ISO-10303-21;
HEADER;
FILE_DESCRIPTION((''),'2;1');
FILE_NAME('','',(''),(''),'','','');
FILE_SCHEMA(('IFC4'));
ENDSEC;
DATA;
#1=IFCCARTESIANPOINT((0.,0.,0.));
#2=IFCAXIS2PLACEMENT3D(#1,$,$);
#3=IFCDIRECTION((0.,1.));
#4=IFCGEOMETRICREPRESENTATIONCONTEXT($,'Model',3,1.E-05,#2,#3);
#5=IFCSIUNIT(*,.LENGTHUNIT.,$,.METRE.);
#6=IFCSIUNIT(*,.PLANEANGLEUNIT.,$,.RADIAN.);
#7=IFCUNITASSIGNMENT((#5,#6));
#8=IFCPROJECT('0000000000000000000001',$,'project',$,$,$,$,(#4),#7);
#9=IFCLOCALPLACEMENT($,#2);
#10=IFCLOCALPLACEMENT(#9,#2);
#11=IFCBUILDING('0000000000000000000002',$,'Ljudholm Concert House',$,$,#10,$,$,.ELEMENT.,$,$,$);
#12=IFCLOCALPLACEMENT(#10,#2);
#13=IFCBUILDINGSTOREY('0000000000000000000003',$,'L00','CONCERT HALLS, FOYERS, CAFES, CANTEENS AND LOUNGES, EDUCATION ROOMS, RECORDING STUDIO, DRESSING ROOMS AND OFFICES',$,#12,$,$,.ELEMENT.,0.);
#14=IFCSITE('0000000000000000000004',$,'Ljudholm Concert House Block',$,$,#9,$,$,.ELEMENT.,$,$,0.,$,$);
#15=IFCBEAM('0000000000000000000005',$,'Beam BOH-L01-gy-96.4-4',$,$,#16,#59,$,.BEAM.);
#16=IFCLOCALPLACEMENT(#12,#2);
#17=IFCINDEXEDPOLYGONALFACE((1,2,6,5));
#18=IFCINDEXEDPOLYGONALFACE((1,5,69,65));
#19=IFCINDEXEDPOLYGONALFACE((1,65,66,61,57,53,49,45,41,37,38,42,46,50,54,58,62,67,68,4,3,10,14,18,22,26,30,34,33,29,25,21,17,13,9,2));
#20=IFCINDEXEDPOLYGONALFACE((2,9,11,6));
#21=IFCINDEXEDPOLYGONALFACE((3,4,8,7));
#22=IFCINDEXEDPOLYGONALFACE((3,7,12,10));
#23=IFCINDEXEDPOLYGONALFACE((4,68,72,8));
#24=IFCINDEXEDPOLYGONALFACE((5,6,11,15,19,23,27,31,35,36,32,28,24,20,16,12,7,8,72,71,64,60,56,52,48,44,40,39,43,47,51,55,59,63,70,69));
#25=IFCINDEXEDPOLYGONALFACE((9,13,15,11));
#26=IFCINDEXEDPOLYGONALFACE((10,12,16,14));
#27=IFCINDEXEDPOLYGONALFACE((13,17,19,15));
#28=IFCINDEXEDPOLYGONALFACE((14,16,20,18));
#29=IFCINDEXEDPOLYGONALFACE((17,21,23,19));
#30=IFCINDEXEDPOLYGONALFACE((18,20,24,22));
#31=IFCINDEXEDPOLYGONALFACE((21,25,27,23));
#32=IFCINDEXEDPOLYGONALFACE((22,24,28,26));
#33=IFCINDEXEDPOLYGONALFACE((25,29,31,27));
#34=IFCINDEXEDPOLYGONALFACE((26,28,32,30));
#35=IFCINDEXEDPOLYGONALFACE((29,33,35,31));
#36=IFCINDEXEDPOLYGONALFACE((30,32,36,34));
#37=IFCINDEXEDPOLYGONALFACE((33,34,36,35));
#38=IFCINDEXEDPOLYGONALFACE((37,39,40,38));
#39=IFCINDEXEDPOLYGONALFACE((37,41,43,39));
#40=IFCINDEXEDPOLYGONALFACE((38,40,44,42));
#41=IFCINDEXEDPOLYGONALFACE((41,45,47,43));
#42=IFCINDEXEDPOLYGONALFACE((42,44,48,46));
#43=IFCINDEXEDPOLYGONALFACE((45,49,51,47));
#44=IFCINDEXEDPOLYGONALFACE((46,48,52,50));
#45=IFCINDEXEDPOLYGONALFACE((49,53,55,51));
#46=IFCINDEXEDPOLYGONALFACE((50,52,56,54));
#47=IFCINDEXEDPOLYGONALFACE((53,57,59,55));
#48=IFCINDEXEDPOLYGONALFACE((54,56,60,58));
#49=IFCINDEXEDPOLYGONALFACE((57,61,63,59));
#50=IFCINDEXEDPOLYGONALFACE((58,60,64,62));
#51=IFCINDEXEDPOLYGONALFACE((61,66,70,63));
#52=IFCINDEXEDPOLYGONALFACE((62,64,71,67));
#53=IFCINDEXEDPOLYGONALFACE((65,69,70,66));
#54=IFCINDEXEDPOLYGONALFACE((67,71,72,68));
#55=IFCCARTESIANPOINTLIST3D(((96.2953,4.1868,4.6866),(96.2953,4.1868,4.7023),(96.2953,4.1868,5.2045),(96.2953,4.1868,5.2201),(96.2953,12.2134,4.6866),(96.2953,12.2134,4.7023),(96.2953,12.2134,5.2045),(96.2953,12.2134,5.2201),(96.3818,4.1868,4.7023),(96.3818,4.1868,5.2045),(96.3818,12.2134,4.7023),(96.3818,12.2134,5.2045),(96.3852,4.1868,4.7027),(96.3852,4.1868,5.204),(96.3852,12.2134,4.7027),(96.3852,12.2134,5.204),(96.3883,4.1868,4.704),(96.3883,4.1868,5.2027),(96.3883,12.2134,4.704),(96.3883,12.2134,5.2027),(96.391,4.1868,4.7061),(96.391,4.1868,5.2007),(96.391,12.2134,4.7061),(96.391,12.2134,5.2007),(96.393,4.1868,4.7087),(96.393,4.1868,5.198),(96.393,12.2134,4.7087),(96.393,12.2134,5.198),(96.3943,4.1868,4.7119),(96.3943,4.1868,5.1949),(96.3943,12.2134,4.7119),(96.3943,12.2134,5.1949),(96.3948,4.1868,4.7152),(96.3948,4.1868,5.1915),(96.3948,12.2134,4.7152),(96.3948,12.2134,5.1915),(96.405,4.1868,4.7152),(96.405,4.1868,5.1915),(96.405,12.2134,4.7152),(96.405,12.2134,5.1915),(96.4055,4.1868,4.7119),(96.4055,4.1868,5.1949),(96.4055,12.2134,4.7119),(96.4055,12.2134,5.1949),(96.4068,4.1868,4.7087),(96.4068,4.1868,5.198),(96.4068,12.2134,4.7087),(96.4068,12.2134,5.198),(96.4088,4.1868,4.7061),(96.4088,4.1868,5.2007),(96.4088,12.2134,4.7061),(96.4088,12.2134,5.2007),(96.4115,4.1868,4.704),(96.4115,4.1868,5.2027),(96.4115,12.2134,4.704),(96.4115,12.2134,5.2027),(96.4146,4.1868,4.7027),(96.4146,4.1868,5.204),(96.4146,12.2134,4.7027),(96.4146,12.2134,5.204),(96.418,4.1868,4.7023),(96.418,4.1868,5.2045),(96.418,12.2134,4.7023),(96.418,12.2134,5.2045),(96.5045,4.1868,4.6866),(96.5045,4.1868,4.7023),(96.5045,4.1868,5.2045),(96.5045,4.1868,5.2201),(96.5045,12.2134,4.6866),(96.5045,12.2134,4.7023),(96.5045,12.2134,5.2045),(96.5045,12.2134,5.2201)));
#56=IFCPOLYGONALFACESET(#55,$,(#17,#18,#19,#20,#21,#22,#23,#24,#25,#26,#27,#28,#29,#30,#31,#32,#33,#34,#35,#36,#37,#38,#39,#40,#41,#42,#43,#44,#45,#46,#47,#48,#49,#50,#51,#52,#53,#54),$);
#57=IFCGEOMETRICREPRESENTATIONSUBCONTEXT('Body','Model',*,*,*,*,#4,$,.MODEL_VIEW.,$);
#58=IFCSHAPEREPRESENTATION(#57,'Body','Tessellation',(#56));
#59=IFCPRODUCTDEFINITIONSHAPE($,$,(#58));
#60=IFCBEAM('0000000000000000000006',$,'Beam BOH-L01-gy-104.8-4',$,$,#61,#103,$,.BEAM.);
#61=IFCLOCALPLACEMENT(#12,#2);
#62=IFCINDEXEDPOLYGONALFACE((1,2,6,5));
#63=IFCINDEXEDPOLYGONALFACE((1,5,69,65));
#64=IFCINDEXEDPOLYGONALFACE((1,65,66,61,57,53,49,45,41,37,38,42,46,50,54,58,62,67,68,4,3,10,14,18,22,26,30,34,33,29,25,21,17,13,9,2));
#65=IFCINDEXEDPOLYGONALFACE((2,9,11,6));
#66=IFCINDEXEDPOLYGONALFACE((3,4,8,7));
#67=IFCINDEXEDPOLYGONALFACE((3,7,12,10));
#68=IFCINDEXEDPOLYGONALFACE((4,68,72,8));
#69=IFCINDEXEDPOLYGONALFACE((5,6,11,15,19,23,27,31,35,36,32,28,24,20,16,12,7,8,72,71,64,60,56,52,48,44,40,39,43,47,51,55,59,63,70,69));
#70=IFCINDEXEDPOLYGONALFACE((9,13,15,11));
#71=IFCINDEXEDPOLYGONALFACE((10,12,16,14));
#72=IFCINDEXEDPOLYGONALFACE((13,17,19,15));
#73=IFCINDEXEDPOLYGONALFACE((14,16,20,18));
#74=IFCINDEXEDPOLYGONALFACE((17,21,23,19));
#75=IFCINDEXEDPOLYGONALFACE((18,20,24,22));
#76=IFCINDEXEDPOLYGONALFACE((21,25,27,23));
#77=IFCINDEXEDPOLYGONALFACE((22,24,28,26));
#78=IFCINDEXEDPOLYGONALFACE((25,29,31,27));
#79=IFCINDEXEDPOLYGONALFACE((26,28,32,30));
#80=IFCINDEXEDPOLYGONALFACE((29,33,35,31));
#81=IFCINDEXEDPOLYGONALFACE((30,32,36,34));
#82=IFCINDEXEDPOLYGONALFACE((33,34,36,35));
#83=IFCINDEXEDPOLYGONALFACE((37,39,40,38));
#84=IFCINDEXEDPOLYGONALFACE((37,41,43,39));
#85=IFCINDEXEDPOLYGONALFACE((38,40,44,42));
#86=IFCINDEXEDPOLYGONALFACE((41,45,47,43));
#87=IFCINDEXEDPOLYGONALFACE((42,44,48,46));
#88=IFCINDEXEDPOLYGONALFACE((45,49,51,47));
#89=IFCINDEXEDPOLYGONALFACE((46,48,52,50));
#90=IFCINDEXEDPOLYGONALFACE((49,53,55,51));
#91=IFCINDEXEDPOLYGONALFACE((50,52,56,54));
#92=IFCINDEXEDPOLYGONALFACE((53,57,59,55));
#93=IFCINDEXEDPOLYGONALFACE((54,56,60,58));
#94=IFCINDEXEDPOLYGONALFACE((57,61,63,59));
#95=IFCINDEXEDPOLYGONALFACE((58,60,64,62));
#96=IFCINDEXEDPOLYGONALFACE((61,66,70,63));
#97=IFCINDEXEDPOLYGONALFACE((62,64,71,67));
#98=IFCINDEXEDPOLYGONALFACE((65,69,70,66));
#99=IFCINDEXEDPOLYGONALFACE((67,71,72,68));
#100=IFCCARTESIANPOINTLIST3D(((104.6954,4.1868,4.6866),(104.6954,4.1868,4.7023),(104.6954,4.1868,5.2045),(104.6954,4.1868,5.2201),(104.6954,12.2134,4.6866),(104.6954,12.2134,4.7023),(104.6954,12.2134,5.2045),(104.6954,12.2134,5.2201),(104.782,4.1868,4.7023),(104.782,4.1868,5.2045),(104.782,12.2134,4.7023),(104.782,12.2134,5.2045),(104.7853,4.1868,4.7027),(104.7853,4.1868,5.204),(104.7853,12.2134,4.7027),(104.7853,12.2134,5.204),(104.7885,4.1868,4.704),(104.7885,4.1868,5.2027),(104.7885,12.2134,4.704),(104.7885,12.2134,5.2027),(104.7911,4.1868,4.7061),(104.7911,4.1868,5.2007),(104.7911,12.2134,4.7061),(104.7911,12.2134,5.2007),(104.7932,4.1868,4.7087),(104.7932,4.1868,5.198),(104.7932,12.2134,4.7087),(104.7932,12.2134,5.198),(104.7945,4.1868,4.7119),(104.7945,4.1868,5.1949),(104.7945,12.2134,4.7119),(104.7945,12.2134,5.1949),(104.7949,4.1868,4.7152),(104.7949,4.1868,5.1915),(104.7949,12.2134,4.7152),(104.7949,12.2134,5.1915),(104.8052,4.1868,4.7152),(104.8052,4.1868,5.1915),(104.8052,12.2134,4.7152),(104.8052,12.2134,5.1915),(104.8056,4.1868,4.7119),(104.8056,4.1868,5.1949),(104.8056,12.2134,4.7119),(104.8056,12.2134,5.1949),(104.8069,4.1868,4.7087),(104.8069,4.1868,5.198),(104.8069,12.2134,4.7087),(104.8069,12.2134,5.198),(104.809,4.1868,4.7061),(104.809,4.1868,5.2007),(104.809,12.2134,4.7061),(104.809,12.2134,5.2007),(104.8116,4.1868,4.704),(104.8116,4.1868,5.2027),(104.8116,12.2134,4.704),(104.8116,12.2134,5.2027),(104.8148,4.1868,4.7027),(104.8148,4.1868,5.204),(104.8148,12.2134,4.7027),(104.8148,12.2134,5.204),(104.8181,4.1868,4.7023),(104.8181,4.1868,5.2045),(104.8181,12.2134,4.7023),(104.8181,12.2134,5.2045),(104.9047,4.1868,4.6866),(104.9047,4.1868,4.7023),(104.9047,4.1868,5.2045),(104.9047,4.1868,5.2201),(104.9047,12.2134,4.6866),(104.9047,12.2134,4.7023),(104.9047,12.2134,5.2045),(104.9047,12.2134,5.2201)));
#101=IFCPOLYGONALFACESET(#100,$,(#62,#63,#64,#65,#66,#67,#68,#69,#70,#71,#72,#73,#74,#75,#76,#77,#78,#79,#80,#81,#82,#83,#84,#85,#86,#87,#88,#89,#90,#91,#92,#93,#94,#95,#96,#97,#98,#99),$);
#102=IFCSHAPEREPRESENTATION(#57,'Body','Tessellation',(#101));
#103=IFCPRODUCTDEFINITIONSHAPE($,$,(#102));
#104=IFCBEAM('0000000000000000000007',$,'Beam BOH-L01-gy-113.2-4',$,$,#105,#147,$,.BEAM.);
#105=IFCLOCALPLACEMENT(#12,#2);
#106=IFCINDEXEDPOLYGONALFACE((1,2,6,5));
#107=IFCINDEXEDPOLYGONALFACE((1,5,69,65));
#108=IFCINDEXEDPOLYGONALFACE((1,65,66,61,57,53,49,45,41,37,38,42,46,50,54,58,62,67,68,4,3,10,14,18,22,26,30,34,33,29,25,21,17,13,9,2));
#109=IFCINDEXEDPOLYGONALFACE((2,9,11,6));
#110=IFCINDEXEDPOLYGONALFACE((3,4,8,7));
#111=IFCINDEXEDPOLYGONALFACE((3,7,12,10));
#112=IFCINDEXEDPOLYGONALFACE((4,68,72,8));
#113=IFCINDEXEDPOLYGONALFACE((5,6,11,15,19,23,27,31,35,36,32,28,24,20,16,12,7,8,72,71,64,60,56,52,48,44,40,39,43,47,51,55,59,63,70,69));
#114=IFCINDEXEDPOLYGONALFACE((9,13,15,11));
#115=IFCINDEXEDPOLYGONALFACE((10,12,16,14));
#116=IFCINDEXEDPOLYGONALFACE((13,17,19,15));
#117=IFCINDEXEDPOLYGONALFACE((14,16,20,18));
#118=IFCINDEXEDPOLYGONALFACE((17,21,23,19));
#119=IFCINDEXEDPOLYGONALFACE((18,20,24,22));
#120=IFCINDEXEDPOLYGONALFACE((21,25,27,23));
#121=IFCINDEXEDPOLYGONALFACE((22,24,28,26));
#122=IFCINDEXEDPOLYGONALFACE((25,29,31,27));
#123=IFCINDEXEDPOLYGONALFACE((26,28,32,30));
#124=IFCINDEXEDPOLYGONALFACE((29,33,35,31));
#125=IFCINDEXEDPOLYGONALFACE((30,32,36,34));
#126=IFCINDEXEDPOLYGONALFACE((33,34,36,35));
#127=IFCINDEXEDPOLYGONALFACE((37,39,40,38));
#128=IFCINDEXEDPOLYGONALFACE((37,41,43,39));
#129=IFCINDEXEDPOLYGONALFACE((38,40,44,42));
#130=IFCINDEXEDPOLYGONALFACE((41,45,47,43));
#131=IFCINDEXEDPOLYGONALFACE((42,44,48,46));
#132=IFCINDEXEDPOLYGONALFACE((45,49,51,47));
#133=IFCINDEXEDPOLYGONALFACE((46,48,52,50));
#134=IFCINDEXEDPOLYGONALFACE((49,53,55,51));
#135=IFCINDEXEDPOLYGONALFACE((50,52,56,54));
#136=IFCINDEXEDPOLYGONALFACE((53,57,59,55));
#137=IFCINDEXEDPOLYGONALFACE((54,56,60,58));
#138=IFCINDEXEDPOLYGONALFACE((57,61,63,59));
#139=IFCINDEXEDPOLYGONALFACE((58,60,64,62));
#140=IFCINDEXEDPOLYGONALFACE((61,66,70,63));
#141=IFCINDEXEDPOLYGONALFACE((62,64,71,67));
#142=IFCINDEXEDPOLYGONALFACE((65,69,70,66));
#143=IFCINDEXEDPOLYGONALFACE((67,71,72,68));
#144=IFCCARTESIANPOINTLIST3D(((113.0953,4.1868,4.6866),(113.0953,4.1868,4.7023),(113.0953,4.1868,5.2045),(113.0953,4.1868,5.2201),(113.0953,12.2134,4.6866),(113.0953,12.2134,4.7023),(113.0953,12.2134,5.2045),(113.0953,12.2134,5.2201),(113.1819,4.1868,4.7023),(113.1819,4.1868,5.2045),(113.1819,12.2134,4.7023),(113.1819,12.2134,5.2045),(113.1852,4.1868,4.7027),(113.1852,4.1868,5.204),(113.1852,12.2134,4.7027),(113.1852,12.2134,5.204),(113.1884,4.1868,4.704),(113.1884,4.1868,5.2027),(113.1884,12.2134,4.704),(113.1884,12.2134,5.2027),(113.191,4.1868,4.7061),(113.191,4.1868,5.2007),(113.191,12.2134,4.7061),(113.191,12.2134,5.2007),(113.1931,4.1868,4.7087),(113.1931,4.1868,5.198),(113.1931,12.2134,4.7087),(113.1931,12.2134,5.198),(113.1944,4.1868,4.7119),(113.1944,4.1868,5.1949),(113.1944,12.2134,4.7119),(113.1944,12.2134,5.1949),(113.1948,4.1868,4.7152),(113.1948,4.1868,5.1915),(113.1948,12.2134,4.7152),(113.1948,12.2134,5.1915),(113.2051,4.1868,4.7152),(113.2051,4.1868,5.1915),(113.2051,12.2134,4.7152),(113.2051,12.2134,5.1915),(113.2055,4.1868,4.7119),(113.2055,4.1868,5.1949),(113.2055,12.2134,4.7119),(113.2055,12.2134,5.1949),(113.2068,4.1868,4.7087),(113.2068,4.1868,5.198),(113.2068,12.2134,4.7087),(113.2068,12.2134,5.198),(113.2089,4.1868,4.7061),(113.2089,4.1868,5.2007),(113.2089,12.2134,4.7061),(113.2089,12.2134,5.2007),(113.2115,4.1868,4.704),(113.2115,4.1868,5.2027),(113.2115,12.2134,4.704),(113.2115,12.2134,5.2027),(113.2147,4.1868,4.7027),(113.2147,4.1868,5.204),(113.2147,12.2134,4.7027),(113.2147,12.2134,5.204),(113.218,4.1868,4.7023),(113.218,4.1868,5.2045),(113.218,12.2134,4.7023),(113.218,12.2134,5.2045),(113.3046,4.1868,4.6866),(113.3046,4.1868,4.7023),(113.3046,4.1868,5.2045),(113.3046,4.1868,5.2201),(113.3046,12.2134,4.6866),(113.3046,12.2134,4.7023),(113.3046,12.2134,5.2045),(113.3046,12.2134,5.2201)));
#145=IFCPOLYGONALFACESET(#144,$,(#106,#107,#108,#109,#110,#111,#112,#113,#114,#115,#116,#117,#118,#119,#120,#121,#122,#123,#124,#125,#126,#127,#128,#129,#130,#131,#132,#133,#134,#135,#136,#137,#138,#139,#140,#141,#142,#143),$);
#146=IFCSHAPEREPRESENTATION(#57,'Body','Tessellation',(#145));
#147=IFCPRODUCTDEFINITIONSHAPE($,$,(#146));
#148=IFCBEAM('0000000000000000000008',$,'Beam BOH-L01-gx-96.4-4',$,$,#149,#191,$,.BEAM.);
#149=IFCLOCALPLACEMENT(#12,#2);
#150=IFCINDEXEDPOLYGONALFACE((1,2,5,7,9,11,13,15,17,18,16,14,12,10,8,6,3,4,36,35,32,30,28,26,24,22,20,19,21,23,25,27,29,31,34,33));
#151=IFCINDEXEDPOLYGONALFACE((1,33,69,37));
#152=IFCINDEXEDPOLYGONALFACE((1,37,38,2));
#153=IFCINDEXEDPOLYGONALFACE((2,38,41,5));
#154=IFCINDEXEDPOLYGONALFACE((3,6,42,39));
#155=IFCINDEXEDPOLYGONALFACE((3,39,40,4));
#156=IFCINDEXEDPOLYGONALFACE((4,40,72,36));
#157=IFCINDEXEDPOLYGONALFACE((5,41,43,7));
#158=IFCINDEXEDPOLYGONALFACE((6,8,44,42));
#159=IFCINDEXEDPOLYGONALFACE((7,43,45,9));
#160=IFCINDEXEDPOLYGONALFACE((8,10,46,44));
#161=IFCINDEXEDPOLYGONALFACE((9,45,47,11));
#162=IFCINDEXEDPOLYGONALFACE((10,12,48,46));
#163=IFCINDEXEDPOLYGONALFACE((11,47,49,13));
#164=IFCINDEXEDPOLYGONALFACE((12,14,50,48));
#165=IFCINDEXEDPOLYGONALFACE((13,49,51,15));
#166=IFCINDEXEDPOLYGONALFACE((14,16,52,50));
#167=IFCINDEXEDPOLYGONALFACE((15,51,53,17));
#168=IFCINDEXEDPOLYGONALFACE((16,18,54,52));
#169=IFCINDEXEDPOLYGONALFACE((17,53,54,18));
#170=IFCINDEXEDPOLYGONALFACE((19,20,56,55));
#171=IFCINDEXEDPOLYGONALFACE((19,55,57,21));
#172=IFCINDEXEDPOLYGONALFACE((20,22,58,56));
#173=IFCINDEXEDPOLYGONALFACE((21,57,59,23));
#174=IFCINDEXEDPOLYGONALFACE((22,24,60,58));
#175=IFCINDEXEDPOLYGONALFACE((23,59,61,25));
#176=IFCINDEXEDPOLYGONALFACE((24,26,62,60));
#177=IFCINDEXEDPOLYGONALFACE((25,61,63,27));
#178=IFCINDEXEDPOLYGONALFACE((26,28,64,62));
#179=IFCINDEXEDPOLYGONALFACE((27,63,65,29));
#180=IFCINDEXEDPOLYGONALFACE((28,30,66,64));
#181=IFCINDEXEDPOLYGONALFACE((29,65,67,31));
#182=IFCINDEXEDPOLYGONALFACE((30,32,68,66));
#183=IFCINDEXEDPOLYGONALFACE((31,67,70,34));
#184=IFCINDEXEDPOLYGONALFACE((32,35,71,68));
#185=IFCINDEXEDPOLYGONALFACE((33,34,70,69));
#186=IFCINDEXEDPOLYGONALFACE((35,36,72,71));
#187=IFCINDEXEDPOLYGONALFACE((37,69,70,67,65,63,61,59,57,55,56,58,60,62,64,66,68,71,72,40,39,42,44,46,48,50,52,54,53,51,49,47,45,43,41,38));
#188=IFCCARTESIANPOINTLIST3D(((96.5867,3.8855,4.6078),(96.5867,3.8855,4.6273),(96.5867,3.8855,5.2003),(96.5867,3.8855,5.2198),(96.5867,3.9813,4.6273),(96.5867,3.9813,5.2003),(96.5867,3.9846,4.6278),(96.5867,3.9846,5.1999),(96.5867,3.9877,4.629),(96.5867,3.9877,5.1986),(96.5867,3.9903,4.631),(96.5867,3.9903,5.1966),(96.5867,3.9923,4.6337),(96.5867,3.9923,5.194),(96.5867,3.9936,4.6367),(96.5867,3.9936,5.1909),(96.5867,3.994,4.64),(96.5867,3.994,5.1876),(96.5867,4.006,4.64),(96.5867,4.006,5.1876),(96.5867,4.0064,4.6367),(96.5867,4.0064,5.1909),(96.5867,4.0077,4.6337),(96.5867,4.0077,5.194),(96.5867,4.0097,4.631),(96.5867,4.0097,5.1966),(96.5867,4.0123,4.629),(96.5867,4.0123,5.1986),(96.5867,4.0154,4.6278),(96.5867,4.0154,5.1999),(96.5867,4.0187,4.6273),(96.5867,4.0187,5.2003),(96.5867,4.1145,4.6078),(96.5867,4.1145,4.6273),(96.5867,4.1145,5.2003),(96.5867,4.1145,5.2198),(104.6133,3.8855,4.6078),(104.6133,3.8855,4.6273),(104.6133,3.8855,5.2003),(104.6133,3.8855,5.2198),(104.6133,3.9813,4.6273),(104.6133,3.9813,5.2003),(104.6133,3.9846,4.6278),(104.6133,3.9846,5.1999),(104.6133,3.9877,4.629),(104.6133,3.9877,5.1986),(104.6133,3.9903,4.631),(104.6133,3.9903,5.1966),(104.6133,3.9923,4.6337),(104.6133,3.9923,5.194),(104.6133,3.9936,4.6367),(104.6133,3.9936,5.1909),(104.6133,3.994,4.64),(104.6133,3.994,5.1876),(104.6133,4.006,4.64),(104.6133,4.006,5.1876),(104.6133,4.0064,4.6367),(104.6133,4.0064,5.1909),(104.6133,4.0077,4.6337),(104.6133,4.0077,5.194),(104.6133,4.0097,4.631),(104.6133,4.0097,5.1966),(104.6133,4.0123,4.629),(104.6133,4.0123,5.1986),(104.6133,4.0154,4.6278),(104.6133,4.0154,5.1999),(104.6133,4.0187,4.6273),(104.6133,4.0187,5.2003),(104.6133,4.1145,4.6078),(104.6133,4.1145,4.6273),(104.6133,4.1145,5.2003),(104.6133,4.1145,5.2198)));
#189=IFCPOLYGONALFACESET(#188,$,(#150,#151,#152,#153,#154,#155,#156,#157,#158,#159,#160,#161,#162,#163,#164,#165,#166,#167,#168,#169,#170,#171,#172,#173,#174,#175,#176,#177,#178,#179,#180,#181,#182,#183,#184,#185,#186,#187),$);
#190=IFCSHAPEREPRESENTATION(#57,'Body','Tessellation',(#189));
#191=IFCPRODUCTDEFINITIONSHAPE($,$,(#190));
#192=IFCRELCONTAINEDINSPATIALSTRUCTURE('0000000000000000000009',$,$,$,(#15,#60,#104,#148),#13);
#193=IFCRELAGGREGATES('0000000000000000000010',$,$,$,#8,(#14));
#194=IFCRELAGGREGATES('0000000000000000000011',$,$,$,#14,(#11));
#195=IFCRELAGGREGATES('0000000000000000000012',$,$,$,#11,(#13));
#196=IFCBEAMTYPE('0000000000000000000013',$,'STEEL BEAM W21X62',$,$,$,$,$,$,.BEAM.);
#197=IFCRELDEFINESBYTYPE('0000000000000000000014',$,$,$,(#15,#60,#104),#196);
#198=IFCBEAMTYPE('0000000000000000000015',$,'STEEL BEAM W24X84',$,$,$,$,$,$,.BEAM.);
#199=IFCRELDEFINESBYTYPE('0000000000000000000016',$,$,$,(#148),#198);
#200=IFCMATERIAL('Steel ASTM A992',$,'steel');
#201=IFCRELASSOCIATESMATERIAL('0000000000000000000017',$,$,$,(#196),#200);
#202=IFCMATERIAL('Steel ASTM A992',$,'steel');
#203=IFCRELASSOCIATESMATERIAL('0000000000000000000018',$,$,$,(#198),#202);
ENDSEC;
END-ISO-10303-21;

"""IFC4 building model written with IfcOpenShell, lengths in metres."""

from ifc_helpers import new_model, si_unit, direction, frame, origin, origin_2d, place, context, subcontext, project, spatial, i_section, extrude, material, material_profile, profile_set, type_object, element, save


model = new_model("IFC4")

# Units and contexts
model_context = context("Model", 3, precision=1e-05, world=origin(), true_north=direction((0.0, 1.0)))
body_context = subcontext(model_context, "Body", "Model", "MODEL_VIEW")
ifc_project = project(units=[si_unit("LENGTHUNIT", "METRE"), si_unit("PLANEANGLEUNIT", "RADIAN")], contexts=[model_context])

# Site, building, storey
site_placement = place(None, origin())
site = spatial("IfcSite", under=ifc_project, at=site_placement, Name="Ljudholm Concert House Block", CompositionType="ELEMENT", RefElevation=0.0)
building_placement = place(site_placement, origin())
building = spatial("IfcBuilding", under=site, at=building_placement, Name="Ljudholm Concert House", CompositionType="ELEMENT")
storey_placement = place(building_placement, origin())
storey = spatial("IfcBuildingStorey", under=building, at=storey_placement, Name="L00", Description="CONCERT HALLS, FOYERS, CAFES, CANTEENS AND LOUNGES, EDUCATION ROOMS, RECORDING STUDIO, DRESSING ROOMS AND OFFICES", CompositionType="ELEMENT", Elevation=0.0)

# Beams
ifc_material_1 = material(Name="Steel ASTM A992", Category="steel")
ifc_material_profile_1 = material_profile(ifc_material_1, i_section(OverallWidth=0.2092, OverallDepth=0.5334, WebThickness=0.0103, FlangeThickness=0.0156, FilletRadius=0.0129, at=origin_2d()), Name="W21X62")
ifc_profile_set_1 = profile_set([ifc_material_profile_1], Name="Steel ASTM A992")
beam_type_1 = type_object("IfcBeamType", Name="STEEL BEAM W21X62", PredefinedType="BEAM", material=ifc_profile_set_1)
for number, where, z_axis, x_axis, name in (
    (1, (96.3999, 4.1868, 4.9534), (0.0, 1.0, 0.0), (-1.0, 0.0, 0.0), "Beam BOH-L01-gy-96.4-4"),
    (2, (104.8, 4.1868, 4.9534), (0.0, 1.0, 0.0), (-1.0, 0.0, 0.0), "Beam BOH-L01-gy-104.8-4"),
    (3, (113.2, 4.1868, 4.9534), (0.0, 1.0, 0.0), (-1.0, 0.0, 0.0), "Beam BOH-L01-gy-113.2-4"),
):
    element("IfcBeam", number, at=place(storey_placement, frame(where, z_axis=z_axis, x_axis=x_axis)), inside=storey, type_object=beam_type_1, Name=name, PredefinedType="BEAM", context=body_context, shape_type="SweptSolid", body=[
        extrude(i_section(OverallWidth=0.2092, OverallDepth=0.5334, WebThickness=0.0103, FlangeThickness=0.0156, FilletRadius=0.0129, at=origin_2d()), origin(), (0.0, 0.0, 1.0), 8.0266),
    ])
ifc_material_2 = material(Name="Steel ASTM A992", Category="steel")
ifc_material_profile_2 = material_profile(ifc_material_2, i_section(OverallWidth=0.229, OverallDepth=0.6121, WebThickness=0.012, FlangeThickness=0.0195, FilletRadius=0.0127, at=origin_2d()), Name="W24X84")
ifc_profile_set_2 = profile_set([ifc_material_profile_2], Name="Steel ASTM A992")
beam_type_2 = type_object("IfcBeamType", Name="STEEL BEAM W24X84", PredefinedType="BEAM", material=ifc_profile_set_2)
beam_1_placement = place(storey_placement, frame((96.5867, 4.0, 4.9138), z_axis=(1.0, 0.0, 0.0), x_axis=(0.0, 1.0, 0.0)))
element("IfcBeam", 4, at=beam_1_placement, inside=storey, type_object=beam_type_2, Name="Beam BOH-L01-gx-96.4-4", PredefinedType="BEAM", context=body_context, shape_type="SweptSolid", body=[
    extrude(i_section(OverallWidth=0.229, OverallDepth=0.6121, WebThickness=0.012, FlangeThickness=0.0195, FilletRadius=0.0127, at=origin_2d()), origin(), (0.0, 0.0, 1.0), 8.0266),
])

save(model, "model.ifc")
